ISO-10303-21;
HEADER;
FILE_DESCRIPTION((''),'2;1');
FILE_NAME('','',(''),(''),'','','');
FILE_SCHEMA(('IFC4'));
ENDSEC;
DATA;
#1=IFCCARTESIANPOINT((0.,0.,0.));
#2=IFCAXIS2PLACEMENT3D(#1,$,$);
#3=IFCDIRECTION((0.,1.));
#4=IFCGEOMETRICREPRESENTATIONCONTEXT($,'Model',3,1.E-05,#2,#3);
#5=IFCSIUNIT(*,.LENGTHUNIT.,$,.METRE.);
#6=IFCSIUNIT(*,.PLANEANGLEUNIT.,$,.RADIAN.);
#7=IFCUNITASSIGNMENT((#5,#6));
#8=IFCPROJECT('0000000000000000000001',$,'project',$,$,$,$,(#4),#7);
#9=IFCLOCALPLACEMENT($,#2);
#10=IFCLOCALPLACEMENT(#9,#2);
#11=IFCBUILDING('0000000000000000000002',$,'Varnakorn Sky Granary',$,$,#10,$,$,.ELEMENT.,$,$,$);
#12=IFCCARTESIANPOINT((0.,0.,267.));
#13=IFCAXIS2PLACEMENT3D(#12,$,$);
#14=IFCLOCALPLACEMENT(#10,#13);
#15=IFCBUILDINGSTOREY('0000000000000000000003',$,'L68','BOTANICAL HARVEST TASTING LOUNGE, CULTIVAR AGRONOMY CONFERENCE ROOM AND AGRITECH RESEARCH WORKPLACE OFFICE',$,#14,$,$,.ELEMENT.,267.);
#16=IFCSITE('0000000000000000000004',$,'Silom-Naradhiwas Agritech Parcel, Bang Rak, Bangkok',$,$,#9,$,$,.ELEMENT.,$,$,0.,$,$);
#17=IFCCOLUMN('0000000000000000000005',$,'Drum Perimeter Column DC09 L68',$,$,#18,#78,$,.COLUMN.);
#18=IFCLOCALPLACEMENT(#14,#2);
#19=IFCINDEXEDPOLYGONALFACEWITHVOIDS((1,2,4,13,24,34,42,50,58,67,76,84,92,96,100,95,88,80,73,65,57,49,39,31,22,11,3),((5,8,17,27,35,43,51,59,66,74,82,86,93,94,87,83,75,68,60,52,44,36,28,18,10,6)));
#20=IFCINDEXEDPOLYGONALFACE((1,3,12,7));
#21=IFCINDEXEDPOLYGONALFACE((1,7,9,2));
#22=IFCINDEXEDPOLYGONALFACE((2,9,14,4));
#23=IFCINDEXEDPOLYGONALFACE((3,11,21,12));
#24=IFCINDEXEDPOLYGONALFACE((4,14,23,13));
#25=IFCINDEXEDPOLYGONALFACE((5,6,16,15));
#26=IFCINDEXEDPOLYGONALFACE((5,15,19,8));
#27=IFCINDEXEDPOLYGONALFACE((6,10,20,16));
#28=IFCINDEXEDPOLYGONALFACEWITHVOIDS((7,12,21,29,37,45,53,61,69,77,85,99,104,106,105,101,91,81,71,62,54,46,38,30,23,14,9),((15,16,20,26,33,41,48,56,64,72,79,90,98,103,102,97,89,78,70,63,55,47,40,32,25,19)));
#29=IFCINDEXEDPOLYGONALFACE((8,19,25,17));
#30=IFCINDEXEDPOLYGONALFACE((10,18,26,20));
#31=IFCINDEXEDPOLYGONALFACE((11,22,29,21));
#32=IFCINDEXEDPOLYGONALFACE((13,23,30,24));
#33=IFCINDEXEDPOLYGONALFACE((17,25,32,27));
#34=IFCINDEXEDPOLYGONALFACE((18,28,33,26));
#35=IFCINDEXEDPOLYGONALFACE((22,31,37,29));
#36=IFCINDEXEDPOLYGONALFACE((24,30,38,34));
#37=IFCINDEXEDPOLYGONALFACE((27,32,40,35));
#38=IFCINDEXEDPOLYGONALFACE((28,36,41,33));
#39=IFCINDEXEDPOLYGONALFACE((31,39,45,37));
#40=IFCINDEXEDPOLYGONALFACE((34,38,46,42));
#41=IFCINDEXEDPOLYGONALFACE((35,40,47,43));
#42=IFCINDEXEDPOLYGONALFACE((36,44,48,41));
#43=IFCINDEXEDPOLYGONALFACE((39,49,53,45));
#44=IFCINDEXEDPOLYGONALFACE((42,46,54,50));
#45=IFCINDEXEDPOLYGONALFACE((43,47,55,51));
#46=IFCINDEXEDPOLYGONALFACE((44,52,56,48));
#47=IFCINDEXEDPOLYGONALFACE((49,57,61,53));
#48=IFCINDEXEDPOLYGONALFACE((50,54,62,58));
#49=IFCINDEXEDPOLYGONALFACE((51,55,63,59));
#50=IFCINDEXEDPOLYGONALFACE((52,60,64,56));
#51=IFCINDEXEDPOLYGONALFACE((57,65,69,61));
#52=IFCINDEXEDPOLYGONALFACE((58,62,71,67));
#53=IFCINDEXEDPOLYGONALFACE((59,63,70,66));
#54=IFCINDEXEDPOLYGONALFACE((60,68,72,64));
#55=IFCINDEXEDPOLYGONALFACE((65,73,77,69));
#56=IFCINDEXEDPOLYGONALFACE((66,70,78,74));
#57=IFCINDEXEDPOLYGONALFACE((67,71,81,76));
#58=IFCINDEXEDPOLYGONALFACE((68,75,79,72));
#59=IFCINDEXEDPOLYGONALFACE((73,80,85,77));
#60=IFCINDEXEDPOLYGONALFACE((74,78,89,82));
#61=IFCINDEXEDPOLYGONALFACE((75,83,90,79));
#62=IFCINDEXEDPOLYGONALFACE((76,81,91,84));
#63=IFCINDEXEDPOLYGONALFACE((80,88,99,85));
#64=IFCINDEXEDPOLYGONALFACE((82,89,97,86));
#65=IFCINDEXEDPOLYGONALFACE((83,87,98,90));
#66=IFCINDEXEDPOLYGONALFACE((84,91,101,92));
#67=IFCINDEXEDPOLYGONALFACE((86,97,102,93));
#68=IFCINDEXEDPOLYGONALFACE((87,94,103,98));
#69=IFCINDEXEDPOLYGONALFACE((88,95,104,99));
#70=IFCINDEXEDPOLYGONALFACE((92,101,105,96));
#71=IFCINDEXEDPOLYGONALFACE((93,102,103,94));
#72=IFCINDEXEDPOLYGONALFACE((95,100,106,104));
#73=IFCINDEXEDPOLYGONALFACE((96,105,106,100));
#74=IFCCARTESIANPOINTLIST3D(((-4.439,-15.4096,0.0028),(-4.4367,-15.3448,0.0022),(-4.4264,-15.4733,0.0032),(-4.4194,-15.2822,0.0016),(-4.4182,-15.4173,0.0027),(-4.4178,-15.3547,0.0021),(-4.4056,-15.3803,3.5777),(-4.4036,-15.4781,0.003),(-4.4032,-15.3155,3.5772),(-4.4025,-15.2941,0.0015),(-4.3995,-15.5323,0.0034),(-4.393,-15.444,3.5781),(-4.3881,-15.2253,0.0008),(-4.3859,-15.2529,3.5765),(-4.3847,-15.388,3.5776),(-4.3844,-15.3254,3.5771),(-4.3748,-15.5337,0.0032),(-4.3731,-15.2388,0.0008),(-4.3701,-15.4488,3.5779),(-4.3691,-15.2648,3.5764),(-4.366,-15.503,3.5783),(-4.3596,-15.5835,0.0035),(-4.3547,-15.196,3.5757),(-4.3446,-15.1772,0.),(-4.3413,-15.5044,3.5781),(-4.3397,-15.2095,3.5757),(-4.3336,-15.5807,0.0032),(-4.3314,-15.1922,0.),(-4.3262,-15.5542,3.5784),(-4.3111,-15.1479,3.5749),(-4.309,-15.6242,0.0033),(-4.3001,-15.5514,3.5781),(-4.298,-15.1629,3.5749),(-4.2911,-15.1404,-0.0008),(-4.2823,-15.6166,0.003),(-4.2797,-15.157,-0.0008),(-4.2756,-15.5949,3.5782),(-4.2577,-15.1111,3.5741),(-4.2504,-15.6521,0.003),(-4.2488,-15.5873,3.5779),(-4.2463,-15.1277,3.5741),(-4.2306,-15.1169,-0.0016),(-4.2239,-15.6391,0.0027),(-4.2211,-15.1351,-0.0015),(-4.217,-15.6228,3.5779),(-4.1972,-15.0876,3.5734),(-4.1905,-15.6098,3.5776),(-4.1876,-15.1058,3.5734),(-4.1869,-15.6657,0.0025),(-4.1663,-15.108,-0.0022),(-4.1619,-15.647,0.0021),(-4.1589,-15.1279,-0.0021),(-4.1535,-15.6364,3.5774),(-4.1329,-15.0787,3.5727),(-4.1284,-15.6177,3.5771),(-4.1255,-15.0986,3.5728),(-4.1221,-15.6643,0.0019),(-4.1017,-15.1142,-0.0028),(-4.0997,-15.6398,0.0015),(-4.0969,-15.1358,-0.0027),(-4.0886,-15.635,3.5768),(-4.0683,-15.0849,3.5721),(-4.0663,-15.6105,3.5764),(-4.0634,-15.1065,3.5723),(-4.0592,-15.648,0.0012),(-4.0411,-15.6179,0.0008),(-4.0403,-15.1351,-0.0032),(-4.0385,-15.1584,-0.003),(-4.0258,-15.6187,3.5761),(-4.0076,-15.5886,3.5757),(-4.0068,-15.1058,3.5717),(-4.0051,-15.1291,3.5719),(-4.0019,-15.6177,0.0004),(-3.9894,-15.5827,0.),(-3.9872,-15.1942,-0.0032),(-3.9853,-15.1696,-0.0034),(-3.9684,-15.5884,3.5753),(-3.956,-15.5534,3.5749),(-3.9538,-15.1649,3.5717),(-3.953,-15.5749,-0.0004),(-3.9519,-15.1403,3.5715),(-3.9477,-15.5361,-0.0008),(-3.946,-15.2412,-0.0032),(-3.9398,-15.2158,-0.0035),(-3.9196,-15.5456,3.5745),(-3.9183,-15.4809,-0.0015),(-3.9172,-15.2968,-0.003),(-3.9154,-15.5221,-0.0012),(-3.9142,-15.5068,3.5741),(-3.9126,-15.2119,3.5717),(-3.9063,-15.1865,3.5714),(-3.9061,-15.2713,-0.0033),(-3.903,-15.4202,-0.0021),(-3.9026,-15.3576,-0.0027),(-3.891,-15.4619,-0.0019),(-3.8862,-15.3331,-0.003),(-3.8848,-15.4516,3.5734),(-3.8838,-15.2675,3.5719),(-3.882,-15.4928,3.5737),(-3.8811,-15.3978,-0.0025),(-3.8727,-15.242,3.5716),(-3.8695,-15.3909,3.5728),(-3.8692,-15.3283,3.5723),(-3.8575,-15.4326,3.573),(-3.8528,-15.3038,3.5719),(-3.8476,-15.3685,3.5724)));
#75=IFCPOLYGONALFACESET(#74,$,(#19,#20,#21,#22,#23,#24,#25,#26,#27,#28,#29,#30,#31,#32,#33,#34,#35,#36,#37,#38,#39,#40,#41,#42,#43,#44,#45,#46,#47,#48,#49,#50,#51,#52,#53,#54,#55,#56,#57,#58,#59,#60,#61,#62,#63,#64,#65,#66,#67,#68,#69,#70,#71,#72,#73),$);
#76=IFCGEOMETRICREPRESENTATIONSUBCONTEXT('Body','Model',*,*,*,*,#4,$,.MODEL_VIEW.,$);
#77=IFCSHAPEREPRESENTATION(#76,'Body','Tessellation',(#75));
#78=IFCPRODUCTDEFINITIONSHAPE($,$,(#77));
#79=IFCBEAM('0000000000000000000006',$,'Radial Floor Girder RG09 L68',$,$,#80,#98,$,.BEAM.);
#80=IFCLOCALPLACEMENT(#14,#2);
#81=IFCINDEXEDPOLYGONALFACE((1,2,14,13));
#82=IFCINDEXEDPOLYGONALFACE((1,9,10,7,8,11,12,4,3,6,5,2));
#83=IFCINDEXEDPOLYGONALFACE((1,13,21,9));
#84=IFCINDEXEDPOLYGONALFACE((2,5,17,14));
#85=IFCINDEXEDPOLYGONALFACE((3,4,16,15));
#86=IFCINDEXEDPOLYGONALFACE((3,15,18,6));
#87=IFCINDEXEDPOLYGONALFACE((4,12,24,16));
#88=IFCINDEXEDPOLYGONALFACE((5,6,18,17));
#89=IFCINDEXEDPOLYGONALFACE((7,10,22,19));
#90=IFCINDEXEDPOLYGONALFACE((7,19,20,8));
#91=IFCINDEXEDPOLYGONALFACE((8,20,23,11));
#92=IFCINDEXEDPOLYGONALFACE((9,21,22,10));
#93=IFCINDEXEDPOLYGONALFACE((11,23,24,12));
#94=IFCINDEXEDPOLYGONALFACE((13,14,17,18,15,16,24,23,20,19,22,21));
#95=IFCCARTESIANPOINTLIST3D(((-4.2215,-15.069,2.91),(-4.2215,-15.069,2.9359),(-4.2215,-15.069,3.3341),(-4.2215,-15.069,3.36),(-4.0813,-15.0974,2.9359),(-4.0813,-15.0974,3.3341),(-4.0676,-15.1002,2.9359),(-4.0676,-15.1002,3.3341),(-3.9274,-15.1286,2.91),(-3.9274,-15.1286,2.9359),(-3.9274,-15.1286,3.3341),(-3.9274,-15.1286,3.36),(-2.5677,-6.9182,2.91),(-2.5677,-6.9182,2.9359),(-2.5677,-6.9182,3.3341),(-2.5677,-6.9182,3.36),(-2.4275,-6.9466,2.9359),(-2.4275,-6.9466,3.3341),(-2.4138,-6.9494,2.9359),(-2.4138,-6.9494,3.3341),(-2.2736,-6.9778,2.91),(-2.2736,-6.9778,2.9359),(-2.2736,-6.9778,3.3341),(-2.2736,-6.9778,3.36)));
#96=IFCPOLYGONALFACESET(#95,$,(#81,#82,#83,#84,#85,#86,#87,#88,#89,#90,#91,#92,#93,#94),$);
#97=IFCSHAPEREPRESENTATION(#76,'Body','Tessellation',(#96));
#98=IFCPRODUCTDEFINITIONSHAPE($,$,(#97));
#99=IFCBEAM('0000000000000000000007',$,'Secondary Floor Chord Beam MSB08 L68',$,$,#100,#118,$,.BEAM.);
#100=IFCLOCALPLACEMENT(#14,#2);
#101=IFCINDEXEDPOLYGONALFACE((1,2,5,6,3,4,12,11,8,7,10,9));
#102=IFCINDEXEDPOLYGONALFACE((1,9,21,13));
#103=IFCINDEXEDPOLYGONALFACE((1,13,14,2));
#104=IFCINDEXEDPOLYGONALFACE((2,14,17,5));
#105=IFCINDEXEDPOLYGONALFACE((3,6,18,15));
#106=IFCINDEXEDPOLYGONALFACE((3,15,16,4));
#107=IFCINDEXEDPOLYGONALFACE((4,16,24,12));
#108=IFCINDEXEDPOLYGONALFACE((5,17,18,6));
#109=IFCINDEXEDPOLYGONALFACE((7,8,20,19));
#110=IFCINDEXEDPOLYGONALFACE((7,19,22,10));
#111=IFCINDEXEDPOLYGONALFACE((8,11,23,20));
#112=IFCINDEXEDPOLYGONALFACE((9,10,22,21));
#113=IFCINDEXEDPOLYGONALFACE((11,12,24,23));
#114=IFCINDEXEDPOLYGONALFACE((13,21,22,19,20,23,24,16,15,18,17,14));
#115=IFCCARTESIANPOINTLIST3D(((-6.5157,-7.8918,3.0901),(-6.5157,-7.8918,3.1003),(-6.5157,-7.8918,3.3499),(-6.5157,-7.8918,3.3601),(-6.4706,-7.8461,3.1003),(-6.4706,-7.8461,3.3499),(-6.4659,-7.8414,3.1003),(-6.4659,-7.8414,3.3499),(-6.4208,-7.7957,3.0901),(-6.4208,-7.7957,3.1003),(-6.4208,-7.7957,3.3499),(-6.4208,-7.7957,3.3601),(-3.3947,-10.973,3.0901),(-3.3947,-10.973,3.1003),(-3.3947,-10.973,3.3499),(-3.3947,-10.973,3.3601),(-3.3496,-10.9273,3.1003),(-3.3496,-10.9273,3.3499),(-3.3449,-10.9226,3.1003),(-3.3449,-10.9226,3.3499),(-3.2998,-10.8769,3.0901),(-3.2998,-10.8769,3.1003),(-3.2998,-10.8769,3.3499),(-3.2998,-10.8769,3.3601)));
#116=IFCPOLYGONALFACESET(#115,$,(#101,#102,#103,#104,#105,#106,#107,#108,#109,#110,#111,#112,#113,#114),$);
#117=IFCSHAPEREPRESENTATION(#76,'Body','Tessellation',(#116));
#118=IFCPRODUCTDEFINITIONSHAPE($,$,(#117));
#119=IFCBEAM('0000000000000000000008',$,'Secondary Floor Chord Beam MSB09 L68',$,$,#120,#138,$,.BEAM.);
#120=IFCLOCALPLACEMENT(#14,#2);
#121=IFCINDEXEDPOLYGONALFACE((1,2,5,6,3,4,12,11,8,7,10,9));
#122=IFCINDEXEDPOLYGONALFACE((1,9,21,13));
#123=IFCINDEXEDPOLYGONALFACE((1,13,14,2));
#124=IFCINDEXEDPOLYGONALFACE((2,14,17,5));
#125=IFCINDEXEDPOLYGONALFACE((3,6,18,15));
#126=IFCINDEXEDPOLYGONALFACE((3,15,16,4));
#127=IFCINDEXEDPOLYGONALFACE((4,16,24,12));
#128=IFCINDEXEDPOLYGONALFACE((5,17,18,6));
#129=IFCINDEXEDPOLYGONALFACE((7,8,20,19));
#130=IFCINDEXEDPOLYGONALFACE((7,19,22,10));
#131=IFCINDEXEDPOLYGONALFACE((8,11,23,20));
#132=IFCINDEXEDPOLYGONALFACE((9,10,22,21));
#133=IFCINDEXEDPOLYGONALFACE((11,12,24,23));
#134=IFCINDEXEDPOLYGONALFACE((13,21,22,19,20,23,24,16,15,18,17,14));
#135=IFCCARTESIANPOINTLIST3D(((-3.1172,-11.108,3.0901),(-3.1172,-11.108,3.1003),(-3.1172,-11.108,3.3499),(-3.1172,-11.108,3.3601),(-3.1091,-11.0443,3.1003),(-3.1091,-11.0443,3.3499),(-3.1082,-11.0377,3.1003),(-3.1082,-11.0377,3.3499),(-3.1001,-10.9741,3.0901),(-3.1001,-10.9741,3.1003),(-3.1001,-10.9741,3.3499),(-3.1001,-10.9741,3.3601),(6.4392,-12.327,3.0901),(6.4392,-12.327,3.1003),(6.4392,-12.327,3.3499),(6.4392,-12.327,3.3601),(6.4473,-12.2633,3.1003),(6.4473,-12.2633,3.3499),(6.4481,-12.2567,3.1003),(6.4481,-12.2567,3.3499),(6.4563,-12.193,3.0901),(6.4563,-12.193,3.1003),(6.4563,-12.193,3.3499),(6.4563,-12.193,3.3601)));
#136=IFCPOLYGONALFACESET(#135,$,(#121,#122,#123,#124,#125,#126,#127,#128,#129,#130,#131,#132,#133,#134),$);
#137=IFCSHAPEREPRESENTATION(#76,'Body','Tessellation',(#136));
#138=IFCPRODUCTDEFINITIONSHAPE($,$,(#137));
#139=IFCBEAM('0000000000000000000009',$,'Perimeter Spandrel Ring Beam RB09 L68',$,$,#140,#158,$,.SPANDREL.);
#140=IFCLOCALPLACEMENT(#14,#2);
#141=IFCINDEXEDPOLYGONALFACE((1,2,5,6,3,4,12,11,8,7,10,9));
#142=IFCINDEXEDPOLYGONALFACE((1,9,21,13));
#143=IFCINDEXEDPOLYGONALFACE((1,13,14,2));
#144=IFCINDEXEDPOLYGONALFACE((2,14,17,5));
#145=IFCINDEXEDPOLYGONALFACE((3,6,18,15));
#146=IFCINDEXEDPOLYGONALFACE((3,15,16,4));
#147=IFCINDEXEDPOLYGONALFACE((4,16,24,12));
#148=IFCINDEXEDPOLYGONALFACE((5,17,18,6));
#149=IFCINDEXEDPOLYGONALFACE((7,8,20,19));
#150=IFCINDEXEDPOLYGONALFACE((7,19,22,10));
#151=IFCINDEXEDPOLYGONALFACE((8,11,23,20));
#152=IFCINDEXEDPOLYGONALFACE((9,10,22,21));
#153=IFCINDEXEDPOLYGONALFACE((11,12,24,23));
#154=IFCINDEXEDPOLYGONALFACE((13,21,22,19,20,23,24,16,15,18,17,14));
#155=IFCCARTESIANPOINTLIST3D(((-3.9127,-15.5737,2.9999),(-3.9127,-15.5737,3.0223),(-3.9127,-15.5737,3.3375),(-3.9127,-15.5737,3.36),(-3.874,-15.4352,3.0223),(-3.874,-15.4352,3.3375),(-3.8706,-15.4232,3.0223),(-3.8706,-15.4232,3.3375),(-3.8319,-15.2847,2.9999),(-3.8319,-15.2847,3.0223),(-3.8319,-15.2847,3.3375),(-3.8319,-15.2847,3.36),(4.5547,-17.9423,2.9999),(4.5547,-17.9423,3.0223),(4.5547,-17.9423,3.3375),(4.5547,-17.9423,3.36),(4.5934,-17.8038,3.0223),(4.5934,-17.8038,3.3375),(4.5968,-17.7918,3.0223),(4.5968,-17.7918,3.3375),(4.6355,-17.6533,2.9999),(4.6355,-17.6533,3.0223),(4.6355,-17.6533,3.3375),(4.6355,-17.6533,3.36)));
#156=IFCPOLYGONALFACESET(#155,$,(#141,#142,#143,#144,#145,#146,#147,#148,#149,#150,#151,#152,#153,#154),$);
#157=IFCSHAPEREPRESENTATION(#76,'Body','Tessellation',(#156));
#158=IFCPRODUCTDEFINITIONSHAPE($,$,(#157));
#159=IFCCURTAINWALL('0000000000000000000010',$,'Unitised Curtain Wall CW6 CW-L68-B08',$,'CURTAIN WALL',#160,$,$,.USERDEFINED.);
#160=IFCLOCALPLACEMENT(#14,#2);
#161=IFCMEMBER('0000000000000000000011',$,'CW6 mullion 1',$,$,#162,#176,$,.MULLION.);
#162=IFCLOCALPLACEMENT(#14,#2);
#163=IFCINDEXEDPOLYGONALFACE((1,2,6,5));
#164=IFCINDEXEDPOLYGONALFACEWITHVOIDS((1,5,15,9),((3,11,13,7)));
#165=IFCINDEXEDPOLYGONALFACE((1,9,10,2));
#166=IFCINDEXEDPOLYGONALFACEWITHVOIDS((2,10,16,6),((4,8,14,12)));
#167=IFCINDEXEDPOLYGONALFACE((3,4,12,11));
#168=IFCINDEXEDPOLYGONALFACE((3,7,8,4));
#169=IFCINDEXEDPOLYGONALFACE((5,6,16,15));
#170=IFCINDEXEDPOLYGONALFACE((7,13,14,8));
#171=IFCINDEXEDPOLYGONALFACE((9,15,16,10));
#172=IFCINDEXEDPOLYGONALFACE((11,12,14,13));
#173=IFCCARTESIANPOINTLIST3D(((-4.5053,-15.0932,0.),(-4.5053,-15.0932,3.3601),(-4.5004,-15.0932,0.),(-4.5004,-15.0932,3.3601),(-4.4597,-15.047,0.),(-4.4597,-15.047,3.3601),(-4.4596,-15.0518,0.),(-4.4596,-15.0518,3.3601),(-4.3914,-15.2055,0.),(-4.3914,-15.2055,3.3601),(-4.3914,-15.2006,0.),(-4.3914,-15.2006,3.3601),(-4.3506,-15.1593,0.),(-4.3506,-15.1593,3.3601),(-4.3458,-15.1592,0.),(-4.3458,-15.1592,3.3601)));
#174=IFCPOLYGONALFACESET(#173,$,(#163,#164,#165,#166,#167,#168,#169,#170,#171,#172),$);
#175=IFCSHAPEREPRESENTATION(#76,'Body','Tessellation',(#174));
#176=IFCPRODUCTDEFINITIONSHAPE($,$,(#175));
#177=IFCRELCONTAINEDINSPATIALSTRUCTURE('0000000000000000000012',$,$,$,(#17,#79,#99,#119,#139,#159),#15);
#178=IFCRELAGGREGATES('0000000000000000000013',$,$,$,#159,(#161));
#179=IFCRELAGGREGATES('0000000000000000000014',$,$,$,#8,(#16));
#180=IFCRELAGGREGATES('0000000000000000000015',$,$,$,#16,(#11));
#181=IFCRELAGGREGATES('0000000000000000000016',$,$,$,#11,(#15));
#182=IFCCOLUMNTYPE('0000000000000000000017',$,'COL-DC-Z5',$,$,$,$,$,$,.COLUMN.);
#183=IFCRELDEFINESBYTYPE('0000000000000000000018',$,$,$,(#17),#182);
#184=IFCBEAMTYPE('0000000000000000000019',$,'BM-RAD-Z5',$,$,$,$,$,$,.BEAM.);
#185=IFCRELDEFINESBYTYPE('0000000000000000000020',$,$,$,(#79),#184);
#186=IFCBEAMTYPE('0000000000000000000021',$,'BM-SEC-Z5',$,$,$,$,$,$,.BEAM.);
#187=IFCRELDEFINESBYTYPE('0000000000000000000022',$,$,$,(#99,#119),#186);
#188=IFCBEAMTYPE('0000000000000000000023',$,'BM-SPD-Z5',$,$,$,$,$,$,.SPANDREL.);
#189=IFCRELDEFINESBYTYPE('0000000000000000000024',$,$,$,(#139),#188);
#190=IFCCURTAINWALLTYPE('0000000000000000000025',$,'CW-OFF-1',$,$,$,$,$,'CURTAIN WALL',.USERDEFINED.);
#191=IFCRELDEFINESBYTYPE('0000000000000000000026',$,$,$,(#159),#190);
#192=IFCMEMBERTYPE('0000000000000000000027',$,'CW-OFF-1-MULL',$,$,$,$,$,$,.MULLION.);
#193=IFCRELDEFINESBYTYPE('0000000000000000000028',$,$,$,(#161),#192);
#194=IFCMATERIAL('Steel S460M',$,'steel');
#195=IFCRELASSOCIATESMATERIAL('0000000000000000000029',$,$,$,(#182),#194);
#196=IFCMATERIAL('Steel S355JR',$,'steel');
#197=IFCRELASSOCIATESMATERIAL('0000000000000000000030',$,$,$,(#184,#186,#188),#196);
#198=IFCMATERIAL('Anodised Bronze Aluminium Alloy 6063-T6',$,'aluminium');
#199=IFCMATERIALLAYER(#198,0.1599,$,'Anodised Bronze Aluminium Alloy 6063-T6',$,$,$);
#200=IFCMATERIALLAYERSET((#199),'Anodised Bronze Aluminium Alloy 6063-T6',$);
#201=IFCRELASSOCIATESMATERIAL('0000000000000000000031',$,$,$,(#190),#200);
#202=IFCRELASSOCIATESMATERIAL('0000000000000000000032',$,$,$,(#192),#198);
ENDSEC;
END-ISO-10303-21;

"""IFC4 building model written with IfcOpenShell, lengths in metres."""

from ifc_helpers import new_model, si_unit, direction, frame, origin, origin_2d, place, context, subcontext, project, spatial, hollow_rectangle, hollow_circle, i_section, extrude, material, layer, layer_set, material_profile, profile_set, type_object, element, aggregate, save


model = new_model("IFC4")

# Units and contexts
model_context = context("Model", 3, precision=1e-05, world=origin(), true_north=direction((0.0, 1.0)))
body_context = subcontext(model_context, "Body", "Model", "MODEL_VIEW")
ifc_project = project(units=[si_unit("LENGTHUNIT", "METRE"), si_unit("PLANEANGLEUNIT", "RADIAN")], contexts=[model_context])

# Site, building, storey
site_placement = place(None, origin())
site = spatial("IfcSite", under=ifc_project, at=site_placement, Name="Silom-Naradhiwas Agritech Parcel, Bang Rak, Bangkok", CompositionType="ELEMENT", RefElevation=0.0)
building_placement = place(site_placement, origin())
building = spatial("IfcBuilding", under=site, at=building_placement, Name="Varnakorn Sky Granary", CompositionType="ELEMENT")
storey_placement = place(building_placement, frame((0.0, 0.0, 267.0)))
storey = spatial("IfcBuildingStorey", under=building, at=storey_placement, Name="L68", Description="BOTANICAL HARVEST TASTING LOUNGE, CULTIVAR AGRONOMY CONFERENCE ROOM AND AGRITECH RESEARCH WORKPLACE OFFICE", CompositionType="ELEMENT", Elevation=267.0)

# Column
ifc_material_1 = material(Name="Steel S460M", Category="steel")
ifc_material_profile_1 = material_profile(ifc_material_1, hollow_circle(Radius=0.2795, WallThickness=0.02, at=origin_2d()), Name="CHS 559x20")
ifc_profile_set_1 = profile_set([ifc_material_profile_1], Name="Steel S460M")
column_type = type_object("IfcColumnType", Name="COL-DC-Z5", PredefinedType="COLUMN", material=ifc_profile_set_1)
column_placement = place(storey_placement, frame((-4.1604, -15.3875, 0.0), z_axis=(0.009355, 0.008194, 0.999923), x_axis=(-0.658893, 0.752236, 0.0)))
element("IfcColumn", 1, at=column_placement, inside=storey, type_object=column_type, Name="Drum Perimeter Column DC09 L68", PredefinedType="COLUMN", context=body_context, shape_type="SweptSolid", body=[
    extrude(hollow_circle(Radius=0.2795, WallThickness=0.02, at=origin_2d()), origin(), (0.0, 0.0, 1.0), 3.5752),
])

# Beams
ifc_material_2 = material(Name="Steel S355JR", Category="steel")
ifc_material_profile_2 = material_profile(ifc_material_2, i_section(OverallWidth=0.3, OverallDepth=0.45, WebThickness=0.0139, FlangeThickness=0.0259, at=origin_2d()), Name="HE 450 B")
ifc_profile_set_2 = profile_set([ifc_material_profile_2], Name="Steel S355JR")
beam_type_1 = type_object("IfcBeamType", Name="BM-RAD-Z5", PredefinedType="BEAM", material=ifc_profile_set_2)
beam_1_placement = place(storey_placement, frame((-2.4207, -6.948, 3.135), z_axis=(-0.198848, -0.98003, 0.0), x_axis=(0.98003, -0.198848, 0.0)))
element("IfcBeam", 2, at=beam_1_placement, inside=storey, type_object=beam_type_1, Name="Radial Floor Girder RG09 L68", PredefinedType="BEAM", context=body_context, shape_type="SweptSolid", body=[
    extrude(i_section(OverallWidth=0.3, OverallDepth=0.45, WebThickness=0.0139, FlangeThickness=0.0259, at=origin_2d()), origin(), (0.0, 0.0, 1.0), 8.3169),
])
ifc_material_profile_3 = material_profile(ifc_material_2, i_section(OverallWidth=0.135, OverallDepth=0.27, WebThickness=0.0066, FlangeThickness=0.0103, at=origin_2d()), Name="IPE 270")
ifc_profile_set_3 = profile_set([ifc_material_profile_3], Name="Steel S355JR")
beam_type_2 = type_object("IfcBeamType", Name="BM-SEC-Z5", PredefinedType="BEAM", material=ifc_profile_set_3)
beam_2_placement = place(storey_placement, frame((-6.4683, -7.8438, 3.2251), z_axis=(0.711629, -0.702555, 0.0), x_axis=(0.702555, 0.711629, 0.0)))
element("IfcBeam", 3, at=beam_2_placement, inside=storey, type_object=beam_type_2, Name="Secondary Floor Chord Beam MSB08 L68", PredefinedType="BEAM", context=body_context, shape_type="SweptSolid", body=[
    extrude(i_section(OverallWidth=0.135, OverallDepth=0.27, WebThickness=0.0066, FlangeThickness=0.0103, at=origin_2d()), origin(), (0.0, 0.0, 1.0), 4.3857),
])
beam_3_placement = place(storey_placement, frame((-3.1086, -11.041, 3.2251), z_axis=(0.991962, -0.126533, 0.0), x_axis=(0.126533, 0.991962, 0.0)))
element("IfcBeam", 4, at=beam_3_placement, inside=storey, type_object=beam_type_2, Name="Secondary Floor Chord Beam MSB09 L68", PredefinedType="BEAM", context=body_context, shape_type="SweptSolid", body=[
    extrude(i_section(OverallWidth=0.135, OverallDepth=0.27, WebThickness=0.0066, FlangeThickness=0.0103, at=origin_2d()), origin(), (0.0, 0.0, 1.0), 9.6338),
])
ifc_material_profile_4 = material_profile(ifc_material_2, i_section(OverallWidth=0.3, OverallDepth=0.3601, WebThickness=0.0125, FlangeThickness=0.0225, at=origin_2d()), Name="HE 360 B")
ifc_profile_set_4 = profile_set([ifc_material_profile_4], Name="Steel S355JR")
beam_type_3 = type_object("IfcBeamType", Name="BM-SPD-Z5", PredefinedType="SPANDREL", material=ifc_profile_set_4)
beam_4_placement = place(storey_placement, frame((-3.8723, -15.4292, 3.1799), z_axis=(0.963031, -0.269392, 0.0), x_axis=(0.269392, 0.963031, 0.0)))
element("IfcBeam", 5, at=beam_4_placement, inside=storey, type_object=beam_type_3, Name="Perimeter Spandrel Ring Beam RB09 L68", PredefinedType="SPANDREL", context=body_context, shape_type="SweptSolid", body=[
    extrude(i_section(OverallWidth=0.3, OverallDepth=0.3601, WebThickness=0.0125, FlangeThickness=0.0225, at=origin_2d()), origin(), (0.0, 0.0, 1.0), 8.7925),
])

# Curtain wall, member
ifc_material_3 = material(Name="Anodised Bronze Aluminium Alloy 6063-T6", Category="aluminium")
ifc_layer_1 = layer(ifc_material_3, 0.1599, Name="Anodised Bronze Aluminium Alloy 6063-T6")
ifc_layer_set_1 = layer_set([ifc_layer_1], Name="Anodised Bronze Aluminium Alloy 6063-T6")
curtain_wall_type = type_object("IfcCurtainWallType", Name="CW-OFF-1", ElementType="CURTAIN WALL", PredefinedType="USERDEFINED", material=ifc_layer_set_1)
curtain_wall_placement = place(storey_placement, origin())
curtain_wall = element("IfcCurtainWall", 6, at=curtain_wall_placement, inside=storey, type_object=curtain_wall_type, Name="Unitised Curtain Wall CW6 CW-L68-B08", ObjectType="CURTAIN WALL", PredefinedType="USERDEFINED")
ifc_material_profile_5 = material_profile(ifc_material_3, hollow_rectangle(XDim=0.0649, YDim=0.1599, WallThickness=0.0034, at=origin_2d()), Name="ALU MULL 65x160")
ifc_profile_set_5 = profile_set([ifc_material_profile_5], Name="Anodised Bronze Aluminium Alloy 6063-T6")
member_type_1 = type_object("IfcMemberType", Name="CW-OFF-1-MULL", PredefinedType="MULLION", material=ifc_profile_set_5)
member_1_placement = place(storey_placement, frame((-4.4255, -15.1262, 0.0), z_axis=(0.0, 0.0, 1.0), x_axis=(-0.702091, -0.712087, 0.0)))
member_1 = element("IfcMember", 7, at=member_1_placement, type_object=member_type_1, Name="CW6 mullion 1", PredefinedType="MULLION", context=body_context, shape_type="SweptSolid", body=[
    extrude(hollow_rectangle(XDim=0.0649, YDim=0.1599, WallThickness=0.0034, at=origin_2d()), origin(), (0.0, 0.0, 1.0), 3.3601),
])

aggregate(curtain_wall, [member_1])

save(model, "model.ifc")
